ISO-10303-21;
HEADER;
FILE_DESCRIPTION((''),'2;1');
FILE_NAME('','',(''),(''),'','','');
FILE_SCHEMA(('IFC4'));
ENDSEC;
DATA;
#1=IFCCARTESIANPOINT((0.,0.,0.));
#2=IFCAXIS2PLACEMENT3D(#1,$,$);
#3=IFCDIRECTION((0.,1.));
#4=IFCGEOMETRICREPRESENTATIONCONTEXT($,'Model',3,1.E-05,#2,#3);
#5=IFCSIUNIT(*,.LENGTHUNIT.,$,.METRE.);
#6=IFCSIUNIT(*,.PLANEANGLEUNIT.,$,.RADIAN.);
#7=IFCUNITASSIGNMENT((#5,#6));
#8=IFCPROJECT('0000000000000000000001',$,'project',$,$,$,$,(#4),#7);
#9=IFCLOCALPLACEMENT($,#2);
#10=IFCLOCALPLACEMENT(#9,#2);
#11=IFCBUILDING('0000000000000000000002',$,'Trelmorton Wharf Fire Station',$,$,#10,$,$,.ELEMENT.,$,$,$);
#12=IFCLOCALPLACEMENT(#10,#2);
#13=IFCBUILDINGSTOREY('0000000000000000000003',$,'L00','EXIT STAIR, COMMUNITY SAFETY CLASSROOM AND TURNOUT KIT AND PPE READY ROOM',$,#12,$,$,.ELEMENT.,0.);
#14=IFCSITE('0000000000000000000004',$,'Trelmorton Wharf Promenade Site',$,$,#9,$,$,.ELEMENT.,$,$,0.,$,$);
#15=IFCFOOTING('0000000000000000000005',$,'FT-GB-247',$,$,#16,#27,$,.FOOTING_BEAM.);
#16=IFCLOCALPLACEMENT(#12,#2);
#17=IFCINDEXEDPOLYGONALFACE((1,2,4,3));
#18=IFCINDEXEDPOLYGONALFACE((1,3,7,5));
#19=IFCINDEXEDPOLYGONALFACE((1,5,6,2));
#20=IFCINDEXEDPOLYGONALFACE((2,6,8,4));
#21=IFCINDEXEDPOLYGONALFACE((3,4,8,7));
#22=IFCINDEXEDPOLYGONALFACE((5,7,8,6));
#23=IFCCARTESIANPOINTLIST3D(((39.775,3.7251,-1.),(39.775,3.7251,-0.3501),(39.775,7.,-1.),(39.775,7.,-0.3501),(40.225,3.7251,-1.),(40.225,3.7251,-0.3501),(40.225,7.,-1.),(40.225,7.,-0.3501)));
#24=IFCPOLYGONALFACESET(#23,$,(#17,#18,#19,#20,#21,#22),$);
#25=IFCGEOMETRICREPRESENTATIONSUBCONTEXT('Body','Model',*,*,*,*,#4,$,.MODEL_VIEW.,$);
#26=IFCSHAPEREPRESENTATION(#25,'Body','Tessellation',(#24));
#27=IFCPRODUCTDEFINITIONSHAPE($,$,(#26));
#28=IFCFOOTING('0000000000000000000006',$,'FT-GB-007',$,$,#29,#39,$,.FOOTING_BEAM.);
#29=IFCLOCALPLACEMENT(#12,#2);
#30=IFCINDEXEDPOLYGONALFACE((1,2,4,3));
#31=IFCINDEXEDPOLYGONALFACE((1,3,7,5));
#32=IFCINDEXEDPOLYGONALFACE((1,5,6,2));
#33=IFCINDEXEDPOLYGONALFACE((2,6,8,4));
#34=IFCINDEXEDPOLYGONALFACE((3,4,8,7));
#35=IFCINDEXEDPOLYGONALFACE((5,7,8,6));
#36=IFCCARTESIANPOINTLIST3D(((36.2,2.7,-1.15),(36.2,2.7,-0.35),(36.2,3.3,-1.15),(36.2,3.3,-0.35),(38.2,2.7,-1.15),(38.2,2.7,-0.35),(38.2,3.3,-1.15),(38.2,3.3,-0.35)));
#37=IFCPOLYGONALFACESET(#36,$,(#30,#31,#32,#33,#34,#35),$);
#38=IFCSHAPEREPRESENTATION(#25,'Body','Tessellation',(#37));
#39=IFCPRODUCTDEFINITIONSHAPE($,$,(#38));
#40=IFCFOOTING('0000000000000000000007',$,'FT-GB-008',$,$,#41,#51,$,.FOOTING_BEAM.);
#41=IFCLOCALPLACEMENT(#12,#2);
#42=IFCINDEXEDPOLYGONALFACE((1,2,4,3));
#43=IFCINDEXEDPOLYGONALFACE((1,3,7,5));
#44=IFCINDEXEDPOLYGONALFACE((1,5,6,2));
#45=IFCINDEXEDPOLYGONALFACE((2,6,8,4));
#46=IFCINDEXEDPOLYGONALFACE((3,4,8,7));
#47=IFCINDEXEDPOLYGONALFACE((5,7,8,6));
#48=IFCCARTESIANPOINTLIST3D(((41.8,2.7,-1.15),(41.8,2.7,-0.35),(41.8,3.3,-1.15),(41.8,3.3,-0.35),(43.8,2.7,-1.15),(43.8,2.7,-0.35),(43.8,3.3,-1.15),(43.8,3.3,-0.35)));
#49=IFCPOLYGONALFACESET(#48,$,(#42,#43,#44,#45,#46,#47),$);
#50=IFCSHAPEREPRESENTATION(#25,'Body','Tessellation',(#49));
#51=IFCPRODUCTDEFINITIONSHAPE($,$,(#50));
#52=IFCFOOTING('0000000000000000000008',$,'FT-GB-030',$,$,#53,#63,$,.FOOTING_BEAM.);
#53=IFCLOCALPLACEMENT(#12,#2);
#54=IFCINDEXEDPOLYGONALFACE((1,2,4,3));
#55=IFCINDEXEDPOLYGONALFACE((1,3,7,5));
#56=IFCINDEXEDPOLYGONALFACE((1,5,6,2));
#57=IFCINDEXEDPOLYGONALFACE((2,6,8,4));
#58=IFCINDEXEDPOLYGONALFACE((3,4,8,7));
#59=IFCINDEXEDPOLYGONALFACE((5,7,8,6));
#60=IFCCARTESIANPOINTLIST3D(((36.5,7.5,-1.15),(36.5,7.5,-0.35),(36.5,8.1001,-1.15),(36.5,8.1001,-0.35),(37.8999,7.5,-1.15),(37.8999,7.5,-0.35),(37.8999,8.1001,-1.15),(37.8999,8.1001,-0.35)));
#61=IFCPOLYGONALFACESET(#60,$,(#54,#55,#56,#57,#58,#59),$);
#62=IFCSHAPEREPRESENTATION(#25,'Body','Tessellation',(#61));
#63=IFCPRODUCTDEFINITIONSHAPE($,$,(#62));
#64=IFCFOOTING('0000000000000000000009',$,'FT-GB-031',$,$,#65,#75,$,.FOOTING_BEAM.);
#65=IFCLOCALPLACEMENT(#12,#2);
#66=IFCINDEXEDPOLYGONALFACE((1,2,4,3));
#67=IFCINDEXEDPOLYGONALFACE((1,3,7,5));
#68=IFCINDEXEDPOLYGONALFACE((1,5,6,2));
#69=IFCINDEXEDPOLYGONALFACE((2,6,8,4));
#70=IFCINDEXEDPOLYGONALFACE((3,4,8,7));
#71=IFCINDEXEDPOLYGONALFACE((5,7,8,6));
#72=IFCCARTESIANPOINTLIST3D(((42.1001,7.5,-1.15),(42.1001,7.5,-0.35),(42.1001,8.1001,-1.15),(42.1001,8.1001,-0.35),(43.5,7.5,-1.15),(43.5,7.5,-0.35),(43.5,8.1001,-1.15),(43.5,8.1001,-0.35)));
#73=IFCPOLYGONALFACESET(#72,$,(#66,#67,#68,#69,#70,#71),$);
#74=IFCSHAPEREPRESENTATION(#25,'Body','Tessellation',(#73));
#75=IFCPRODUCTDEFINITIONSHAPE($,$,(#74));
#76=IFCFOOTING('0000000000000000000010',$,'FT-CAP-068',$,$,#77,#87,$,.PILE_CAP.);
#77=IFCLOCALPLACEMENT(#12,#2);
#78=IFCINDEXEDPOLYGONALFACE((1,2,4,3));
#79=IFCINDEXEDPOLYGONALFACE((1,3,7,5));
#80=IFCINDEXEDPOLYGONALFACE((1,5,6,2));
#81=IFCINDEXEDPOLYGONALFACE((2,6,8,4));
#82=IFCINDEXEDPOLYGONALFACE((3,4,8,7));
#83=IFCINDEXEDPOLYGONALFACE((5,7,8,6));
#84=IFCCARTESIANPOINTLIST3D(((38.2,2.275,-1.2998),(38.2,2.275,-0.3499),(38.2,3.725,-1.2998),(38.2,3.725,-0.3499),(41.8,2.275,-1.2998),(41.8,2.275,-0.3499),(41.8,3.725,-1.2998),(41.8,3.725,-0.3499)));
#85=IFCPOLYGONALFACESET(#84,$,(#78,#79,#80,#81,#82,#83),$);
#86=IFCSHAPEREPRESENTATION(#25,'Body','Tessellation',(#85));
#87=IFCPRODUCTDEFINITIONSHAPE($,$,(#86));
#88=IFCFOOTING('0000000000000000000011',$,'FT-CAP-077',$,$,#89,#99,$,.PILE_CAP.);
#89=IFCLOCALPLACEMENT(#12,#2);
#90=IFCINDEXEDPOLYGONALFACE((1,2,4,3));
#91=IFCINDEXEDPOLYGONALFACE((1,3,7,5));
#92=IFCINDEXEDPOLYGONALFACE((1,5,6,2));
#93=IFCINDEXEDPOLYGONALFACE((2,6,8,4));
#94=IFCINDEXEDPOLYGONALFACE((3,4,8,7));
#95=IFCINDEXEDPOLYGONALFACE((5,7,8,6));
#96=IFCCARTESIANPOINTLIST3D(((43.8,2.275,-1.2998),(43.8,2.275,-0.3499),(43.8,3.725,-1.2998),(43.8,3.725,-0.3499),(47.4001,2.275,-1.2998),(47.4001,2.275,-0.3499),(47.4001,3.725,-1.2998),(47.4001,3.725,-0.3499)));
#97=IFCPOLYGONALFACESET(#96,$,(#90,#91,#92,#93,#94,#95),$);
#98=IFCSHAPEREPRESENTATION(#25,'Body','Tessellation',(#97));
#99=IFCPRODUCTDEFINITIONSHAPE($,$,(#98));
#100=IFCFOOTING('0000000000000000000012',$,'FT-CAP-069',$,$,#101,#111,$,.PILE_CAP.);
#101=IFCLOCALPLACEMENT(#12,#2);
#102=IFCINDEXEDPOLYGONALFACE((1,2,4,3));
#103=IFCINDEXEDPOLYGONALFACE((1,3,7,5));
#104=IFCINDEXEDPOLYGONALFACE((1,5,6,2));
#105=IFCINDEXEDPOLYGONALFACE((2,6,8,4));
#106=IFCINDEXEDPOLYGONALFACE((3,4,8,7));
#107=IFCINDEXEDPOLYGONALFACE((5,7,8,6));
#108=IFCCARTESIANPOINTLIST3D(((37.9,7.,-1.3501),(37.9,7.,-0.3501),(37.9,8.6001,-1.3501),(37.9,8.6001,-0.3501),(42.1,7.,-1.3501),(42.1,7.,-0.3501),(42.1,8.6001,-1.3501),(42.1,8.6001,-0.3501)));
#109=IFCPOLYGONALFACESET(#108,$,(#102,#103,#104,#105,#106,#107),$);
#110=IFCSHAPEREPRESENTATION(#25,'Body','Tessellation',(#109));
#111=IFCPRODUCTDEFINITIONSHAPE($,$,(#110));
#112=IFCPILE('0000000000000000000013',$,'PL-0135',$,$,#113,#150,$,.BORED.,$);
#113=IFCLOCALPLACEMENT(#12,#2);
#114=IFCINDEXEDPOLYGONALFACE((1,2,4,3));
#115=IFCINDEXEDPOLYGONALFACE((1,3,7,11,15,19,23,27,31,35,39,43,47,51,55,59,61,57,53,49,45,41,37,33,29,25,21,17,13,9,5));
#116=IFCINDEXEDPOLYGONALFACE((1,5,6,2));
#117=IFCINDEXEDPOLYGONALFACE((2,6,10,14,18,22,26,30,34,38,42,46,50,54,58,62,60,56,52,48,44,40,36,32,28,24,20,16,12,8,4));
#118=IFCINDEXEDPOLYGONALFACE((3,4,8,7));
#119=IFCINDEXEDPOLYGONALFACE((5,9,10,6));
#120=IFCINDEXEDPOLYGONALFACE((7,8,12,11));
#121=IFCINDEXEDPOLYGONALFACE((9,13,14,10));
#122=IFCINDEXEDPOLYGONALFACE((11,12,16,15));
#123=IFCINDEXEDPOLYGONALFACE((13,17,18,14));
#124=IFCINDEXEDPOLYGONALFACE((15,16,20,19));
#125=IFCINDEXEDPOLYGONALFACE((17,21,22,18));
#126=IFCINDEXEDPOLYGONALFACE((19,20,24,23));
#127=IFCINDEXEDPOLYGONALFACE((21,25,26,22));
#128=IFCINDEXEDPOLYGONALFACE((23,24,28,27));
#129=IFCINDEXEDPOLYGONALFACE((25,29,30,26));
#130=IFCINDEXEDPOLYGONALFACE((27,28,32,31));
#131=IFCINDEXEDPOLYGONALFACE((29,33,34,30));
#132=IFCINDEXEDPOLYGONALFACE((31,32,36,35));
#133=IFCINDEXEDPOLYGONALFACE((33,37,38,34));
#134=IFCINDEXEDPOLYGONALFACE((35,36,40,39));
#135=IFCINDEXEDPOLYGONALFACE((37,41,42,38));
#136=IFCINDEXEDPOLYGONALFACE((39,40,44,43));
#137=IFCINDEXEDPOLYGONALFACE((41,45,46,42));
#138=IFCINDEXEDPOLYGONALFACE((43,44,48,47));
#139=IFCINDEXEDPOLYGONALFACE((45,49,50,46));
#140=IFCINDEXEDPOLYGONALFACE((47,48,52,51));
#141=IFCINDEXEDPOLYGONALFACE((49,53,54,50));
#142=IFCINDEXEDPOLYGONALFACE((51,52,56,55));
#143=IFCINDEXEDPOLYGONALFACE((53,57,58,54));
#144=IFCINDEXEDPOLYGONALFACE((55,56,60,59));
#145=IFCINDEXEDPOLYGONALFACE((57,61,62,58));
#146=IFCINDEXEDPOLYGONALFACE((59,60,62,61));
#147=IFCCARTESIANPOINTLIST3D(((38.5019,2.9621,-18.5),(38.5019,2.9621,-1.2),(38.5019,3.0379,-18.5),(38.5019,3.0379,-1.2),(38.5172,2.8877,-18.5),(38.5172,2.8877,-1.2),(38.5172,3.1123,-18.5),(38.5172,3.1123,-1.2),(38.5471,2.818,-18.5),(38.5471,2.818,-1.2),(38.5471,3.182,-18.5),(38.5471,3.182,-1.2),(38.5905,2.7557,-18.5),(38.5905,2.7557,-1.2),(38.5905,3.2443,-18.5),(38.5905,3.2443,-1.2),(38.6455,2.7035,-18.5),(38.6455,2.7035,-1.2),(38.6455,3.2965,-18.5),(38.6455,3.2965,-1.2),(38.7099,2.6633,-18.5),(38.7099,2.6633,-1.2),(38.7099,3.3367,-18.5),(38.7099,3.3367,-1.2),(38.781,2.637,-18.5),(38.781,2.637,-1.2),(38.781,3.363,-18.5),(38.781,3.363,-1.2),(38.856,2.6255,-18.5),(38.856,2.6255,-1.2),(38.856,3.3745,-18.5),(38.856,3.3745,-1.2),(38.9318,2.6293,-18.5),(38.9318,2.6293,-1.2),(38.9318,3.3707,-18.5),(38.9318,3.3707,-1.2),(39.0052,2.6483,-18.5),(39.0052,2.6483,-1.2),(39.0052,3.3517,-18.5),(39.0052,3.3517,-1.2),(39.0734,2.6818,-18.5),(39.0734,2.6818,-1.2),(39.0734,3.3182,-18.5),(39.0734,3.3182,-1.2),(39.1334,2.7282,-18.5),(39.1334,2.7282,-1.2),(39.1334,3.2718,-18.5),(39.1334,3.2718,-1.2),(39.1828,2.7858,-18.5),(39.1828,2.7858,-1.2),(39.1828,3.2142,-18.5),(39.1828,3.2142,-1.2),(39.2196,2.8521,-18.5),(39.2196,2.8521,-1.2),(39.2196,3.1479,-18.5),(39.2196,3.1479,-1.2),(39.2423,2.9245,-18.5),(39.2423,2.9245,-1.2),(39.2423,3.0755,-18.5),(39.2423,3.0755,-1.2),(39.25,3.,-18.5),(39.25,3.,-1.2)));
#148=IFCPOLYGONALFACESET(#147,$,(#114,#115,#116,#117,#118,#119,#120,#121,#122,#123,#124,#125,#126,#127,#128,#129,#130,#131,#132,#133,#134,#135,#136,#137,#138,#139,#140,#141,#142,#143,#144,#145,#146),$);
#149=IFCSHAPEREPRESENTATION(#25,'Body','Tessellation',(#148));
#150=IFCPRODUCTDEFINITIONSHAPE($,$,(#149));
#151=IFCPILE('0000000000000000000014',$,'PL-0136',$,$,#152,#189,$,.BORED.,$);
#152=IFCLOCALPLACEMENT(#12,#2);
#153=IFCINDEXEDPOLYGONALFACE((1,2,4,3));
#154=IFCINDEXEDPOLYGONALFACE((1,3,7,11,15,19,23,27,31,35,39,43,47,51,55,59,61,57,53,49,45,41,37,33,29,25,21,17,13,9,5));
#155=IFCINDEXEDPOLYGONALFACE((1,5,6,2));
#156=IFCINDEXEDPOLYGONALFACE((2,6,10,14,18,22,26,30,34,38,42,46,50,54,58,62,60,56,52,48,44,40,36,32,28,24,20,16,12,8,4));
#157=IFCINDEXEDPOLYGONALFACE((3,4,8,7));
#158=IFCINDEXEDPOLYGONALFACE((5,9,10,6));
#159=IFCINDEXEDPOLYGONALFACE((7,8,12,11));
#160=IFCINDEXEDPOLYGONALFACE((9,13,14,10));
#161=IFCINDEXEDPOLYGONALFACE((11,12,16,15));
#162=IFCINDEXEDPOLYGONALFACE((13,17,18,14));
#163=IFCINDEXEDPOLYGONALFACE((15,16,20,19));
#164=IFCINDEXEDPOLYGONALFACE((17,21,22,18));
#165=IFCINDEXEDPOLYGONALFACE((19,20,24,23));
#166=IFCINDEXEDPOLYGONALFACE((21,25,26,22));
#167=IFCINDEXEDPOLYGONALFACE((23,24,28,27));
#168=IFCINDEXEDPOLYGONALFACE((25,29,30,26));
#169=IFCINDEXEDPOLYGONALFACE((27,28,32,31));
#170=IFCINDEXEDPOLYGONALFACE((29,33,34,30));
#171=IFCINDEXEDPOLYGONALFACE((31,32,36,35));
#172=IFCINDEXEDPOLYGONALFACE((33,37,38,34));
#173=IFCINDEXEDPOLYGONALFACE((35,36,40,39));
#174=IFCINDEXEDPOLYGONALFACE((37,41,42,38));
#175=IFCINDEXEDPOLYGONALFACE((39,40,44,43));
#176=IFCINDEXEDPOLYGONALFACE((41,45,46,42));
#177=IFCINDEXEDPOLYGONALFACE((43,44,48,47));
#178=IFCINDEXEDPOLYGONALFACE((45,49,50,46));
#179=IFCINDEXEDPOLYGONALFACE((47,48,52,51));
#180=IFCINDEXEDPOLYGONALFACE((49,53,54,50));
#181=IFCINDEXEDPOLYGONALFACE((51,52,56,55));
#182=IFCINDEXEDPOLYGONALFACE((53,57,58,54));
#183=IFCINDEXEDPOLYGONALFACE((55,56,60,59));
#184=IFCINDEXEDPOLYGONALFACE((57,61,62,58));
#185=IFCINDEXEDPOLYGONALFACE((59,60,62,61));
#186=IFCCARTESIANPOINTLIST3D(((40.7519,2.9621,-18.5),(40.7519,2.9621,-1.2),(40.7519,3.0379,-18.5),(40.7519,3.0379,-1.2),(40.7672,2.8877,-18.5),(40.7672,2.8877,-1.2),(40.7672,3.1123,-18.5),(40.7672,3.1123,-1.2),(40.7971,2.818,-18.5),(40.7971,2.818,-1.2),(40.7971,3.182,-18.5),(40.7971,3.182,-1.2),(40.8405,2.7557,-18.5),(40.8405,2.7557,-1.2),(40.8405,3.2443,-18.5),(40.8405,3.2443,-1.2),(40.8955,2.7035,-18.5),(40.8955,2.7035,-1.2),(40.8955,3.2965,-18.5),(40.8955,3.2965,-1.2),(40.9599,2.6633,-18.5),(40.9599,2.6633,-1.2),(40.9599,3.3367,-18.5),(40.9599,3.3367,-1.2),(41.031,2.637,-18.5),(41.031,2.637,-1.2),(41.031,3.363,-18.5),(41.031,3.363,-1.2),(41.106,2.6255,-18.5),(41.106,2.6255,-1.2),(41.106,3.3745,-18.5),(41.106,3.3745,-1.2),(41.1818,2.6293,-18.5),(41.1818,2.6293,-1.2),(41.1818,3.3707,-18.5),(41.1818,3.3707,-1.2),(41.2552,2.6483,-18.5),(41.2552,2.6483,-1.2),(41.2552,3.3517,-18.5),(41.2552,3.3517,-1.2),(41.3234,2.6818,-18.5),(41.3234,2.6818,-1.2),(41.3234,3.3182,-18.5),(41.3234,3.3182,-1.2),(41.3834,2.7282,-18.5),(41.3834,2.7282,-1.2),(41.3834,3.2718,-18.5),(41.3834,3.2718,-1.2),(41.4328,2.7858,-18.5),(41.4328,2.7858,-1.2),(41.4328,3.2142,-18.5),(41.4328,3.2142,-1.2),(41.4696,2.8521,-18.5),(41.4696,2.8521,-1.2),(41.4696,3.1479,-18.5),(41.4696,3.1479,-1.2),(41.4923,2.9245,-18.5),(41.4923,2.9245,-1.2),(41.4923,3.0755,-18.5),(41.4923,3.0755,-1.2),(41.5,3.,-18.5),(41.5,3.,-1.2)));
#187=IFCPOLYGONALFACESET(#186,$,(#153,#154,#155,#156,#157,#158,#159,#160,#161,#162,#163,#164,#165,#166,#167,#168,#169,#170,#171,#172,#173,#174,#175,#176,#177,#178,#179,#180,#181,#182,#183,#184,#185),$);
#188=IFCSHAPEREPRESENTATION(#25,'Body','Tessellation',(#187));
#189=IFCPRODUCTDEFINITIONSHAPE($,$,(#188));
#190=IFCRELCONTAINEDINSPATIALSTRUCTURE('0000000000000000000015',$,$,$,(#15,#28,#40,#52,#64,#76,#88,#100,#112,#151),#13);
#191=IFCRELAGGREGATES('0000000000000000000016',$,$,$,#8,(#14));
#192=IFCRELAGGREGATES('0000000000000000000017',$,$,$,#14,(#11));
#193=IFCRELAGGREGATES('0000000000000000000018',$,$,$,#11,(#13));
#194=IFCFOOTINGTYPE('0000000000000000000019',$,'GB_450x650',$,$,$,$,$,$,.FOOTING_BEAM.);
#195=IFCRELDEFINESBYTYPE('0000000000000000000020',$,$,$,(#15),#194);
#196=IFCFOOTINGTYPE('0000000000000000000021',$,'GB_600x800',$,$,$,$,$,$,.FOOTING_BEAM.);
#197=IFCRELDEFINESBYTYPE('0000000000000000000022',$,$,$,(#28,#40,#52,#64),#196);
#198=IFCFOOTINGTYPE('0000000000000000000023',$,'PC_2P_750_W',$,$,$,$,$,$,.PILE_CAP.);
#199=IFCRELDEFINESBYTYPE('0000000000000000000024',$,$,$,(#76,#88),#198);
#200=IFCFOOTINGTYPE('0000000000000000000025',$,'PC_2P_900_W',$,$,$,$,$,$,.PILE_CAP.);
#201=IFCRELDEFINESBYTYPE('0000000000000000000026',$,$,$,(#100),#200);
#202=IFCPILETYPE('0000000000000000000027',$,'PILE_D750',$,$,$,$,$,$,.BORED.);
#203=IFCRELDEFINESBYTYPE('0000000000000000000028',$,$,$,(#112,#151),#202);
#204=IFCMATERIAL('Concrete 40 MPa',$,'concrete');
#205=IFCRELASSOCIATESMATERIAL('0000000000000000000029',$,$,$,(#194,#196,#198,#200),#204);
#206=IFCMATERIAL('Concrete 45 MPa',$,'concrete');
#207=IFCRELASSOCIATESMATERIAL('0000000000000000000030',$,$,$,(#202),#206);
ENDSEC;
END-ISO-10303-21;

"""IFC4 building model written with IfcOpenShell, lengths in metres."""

from ifc_helpers import new_model, si_unit, direction, frame, origin, origin_2d, place, context, subcontext, project, spatial, rectangle, circle, extrude, material, material_profile, profile_set, type_object, element, save


model = new_model("IFC4")

# Units and contexts
model_context = context("Model", 3, precision=1e-05, world=origin(), true_north=direction((0.0, 1.0)))
body_context = subcontext(model_context, "Body", "Model", "MODEL_VIEW")
ifc_project = project(units=[si_unit("LENGTHUNIT", "METRE"), si_unit("PLANEANGLEUNIT", "RADIAN")], contexts=[model_context])

# Site, building, storey
site_placement = place(None, origin())
site = spatial("IfcSite", under=ifc_project, at=site_placement, Name="Trelmorton Wharf Promenade Site", CompositionType="ELEMENT", RefElevation=0.0)
building_placement = place(site_placement, origin())
building = spatial("IfcBuilding", under=site, at=building_placement, Name="Trelmorton Wharf Fire Station", CompositionType="ELEMENT")
storey_placement = place(building_placement, origin())
storey = spatial("IfcBuildingStorey", under=building, at=storey_placement, Name="L00", Description="EXIT STAIR, COMMUNITY SAFETY CLASSROOM AND TURNOUT KIT AND PPE READY ROOM", CompositionType="ELEMENT", Elevation=0.0)

# Footings
ifc_material_1 = material(Name="Concrete 40 MPa", Category="concrete")
ifc_material_profile_1 = material_profile(ifc_material_1, rectangle(XDim=0.45, YDim=0.6499, at=origin_2d()), Name="RC450x650")
ifc_profile_set_1 = profile_set([ifc_material_profile_1], Name="Concrete 40 MPa")
footing_type_1 = type_object("IfcFootingType", Name="GB_450x650", PredefinedType="FOOTING_BEAM", material=ifc_profile_set_1)
footing_1_placement = place(storey_placement, frame((40.0, 3.7251, -0.675), z_axis=(0.0, 1.0, 0.0), x_axis=(-1.0, 0.0, 0.0)))
element("IfcFooting", 1, at=footing_1_placement, inside=storey, type_object=footing_type_1, Name="FT-GB-247", PredefinedType="FOOTING_BEAM", context=body_context, shape_type="SweptSolid", body=[
    extrude(rectangle(XDim=0.45, YDim=0.6499, at=origin_2d()), origin(), (0.0, 0.0, 1.0), 3.2749),
])
ifc_material_profile_2 = material_profile(ifc_material_1, rectangle(XDim=0.6001, YDim=0.8, at=origin_2d()), Name="RC600x800")
ifc_profile_set_2 = profile_set([ifc_material_profile_2], Name="Concrete 40 MPa")
footing_type_2 = type_object("IfcFootingType", Name="GB_600x800", PredefinedType="FOOTING_BEAM", material=ifc_profile_set_2)
for number, where, z_axis, x_axis, name in (
    (2, (36.2, 3.0, -0.75), (1.0, 0.0, 0.0), (0.0, 1.0, 0.0), "FT-GB-007"),
    (3, (41.8, 3.0, -0.75), (1.0, 0.0, 0.0), (0.0, 1.0, 0.0), "FT-GB-008"),
):
    element("IfcFooting", number, at=place(storey_placement, frame(where, z_axis=z_axis, x_axis=x_axis)), inside=storey, type_object=footing_type_2, Name=name, PredefinedType="FOOTING_BEAM", context=body_context, shape_type="SweptSolid", body=[
        extrude(rectangle(XDim=0.6001, YDim=0.8, at=origin_2d()), origin(), (0.0, 0.0, 1.0), 2.0),
    ])
for number, where, z_axis, x_axis, name in (
    (4, (36.5, 7.8, -0.75), (1.0, 0.0, 0.0), (0.0, 1.0, 0.0), "FT-GB-030"),
    (5, (42.1001, 7.8, -0.75), (1.0, 0.0, 0.0), (0.0, 1.0, 0.0), "FT-GB-031"),
):
    element("IfcFooting", number, at=place(storey_placement, frame(where, z_axis=z_axis, x_axis=x_axis)), inside=storey, type_object=footing_type_2, Name=name, PredefinedType="FOOTING_BEAM", context=body_context, shape_type="SweptSolid", body=[
        extrude(rectangle(XDim=0.6001, YDim=0.8, at=origin_2d()), origin(), (0.0, 0.0, 1.0), 1.3999),
    ])
footing_type_3 = type_object("IfcFootingType", Name="PC_2P_750_W", PredefinedType="PILE_CAP", material=ifc_material_1)
for number, where, z_axis, x_axis, name in (
    (6, (40.0, 3.0, -1.2998), (0.0, 0.0, 1.0), (1.0, 0.0, 0.0), "FT-CAP-068"),
    (7, (45.6001, 3.0, -1.2998), (0.0, 0.0, 1.0), (1.0, 0.0, 0.0), "FT-CAP-077"),
):
    element("IfcFooting", number, at=place(storey_placement, frame(where, z_axis=z_axis, x_axis=x_axis)), inside=storey, type_object=footing_type_3, Name=name, PredefinedType="PILE_CAP", context=body_context, shape_type="SweptSolid", body=[
        extrude(rectangle(XDim=3.6001, YDim=1.45, at=origin_2d()), origin(), (0.0, 0.0, 1.0), 0.95),
    ])
footing_type_4 = type_object("IfcFootingType", Name="PC_2P_900_W", PredefinedType="PILE_CAP", material=ifc_material_1)
footing_2_placement = place(storey_placement, frame((40.0, 7.8, -1.3501), z_axis=(0.0, 0.0, 1.0), x_axis=(1.0, 0.0, 0.0)))
element("IfcFooting", 8, at=footing_2_placement, inside=storey, type_object=footing_type_4, Name="FT-CAP-069", PredefinedType="PILE_CAP", context=body_context, shape_type="SweptSolid", body=[
    extrude(rectangle(XDim=4.2, YDim=1.6001, at=origin_2d()), origin(), (0.0, 0.0, 1.0), 1.0),
])

# Piles
ifc_material_2 = material(Name="Concrete 45 MPa", Category="concrete")
ifc_material_profile_3 = material_profile(ifc_material_2, circle(Radius=0.375, at=origin_2d()), Name="PILE-D750")
ifc_profile_set_3 = profile_set([ifc_material_profile_3], Name="Concrete 45 MPa")
pile_type_1 = type_object("IfcPileType", Name="PILE_D750", PredefinedType="BORED", material=ifc_profile_set_3)
for number, where, z_axis, x_axis, name in (
    (9, (38.875, 3.0, -1.2), (0.0, 0.0, -1.0), (1.0, 0.0, 0.0), "PL-0135"),
    (10, (41.125, 3.0, -1.2), (0.0, 0.0, -1.0), (1.0, 0.0, 0.0), "PL-0136"),
):
    element("IfcPile", number, at=place(storey_placement, frame(where, z_axis=z_axis, x_axis=x_axis)), inside=storey, type_object=pile_type_1, Name=name, PredefinedType="BORED", context=body_context, shape_type="SweptSolid", body=[
        extrude(circle(Radius=0.375, at=origin_2d()), origin(), (0.0, 0.0, 1.0), 17.3),
    ])

save(model, "model.ifc")
